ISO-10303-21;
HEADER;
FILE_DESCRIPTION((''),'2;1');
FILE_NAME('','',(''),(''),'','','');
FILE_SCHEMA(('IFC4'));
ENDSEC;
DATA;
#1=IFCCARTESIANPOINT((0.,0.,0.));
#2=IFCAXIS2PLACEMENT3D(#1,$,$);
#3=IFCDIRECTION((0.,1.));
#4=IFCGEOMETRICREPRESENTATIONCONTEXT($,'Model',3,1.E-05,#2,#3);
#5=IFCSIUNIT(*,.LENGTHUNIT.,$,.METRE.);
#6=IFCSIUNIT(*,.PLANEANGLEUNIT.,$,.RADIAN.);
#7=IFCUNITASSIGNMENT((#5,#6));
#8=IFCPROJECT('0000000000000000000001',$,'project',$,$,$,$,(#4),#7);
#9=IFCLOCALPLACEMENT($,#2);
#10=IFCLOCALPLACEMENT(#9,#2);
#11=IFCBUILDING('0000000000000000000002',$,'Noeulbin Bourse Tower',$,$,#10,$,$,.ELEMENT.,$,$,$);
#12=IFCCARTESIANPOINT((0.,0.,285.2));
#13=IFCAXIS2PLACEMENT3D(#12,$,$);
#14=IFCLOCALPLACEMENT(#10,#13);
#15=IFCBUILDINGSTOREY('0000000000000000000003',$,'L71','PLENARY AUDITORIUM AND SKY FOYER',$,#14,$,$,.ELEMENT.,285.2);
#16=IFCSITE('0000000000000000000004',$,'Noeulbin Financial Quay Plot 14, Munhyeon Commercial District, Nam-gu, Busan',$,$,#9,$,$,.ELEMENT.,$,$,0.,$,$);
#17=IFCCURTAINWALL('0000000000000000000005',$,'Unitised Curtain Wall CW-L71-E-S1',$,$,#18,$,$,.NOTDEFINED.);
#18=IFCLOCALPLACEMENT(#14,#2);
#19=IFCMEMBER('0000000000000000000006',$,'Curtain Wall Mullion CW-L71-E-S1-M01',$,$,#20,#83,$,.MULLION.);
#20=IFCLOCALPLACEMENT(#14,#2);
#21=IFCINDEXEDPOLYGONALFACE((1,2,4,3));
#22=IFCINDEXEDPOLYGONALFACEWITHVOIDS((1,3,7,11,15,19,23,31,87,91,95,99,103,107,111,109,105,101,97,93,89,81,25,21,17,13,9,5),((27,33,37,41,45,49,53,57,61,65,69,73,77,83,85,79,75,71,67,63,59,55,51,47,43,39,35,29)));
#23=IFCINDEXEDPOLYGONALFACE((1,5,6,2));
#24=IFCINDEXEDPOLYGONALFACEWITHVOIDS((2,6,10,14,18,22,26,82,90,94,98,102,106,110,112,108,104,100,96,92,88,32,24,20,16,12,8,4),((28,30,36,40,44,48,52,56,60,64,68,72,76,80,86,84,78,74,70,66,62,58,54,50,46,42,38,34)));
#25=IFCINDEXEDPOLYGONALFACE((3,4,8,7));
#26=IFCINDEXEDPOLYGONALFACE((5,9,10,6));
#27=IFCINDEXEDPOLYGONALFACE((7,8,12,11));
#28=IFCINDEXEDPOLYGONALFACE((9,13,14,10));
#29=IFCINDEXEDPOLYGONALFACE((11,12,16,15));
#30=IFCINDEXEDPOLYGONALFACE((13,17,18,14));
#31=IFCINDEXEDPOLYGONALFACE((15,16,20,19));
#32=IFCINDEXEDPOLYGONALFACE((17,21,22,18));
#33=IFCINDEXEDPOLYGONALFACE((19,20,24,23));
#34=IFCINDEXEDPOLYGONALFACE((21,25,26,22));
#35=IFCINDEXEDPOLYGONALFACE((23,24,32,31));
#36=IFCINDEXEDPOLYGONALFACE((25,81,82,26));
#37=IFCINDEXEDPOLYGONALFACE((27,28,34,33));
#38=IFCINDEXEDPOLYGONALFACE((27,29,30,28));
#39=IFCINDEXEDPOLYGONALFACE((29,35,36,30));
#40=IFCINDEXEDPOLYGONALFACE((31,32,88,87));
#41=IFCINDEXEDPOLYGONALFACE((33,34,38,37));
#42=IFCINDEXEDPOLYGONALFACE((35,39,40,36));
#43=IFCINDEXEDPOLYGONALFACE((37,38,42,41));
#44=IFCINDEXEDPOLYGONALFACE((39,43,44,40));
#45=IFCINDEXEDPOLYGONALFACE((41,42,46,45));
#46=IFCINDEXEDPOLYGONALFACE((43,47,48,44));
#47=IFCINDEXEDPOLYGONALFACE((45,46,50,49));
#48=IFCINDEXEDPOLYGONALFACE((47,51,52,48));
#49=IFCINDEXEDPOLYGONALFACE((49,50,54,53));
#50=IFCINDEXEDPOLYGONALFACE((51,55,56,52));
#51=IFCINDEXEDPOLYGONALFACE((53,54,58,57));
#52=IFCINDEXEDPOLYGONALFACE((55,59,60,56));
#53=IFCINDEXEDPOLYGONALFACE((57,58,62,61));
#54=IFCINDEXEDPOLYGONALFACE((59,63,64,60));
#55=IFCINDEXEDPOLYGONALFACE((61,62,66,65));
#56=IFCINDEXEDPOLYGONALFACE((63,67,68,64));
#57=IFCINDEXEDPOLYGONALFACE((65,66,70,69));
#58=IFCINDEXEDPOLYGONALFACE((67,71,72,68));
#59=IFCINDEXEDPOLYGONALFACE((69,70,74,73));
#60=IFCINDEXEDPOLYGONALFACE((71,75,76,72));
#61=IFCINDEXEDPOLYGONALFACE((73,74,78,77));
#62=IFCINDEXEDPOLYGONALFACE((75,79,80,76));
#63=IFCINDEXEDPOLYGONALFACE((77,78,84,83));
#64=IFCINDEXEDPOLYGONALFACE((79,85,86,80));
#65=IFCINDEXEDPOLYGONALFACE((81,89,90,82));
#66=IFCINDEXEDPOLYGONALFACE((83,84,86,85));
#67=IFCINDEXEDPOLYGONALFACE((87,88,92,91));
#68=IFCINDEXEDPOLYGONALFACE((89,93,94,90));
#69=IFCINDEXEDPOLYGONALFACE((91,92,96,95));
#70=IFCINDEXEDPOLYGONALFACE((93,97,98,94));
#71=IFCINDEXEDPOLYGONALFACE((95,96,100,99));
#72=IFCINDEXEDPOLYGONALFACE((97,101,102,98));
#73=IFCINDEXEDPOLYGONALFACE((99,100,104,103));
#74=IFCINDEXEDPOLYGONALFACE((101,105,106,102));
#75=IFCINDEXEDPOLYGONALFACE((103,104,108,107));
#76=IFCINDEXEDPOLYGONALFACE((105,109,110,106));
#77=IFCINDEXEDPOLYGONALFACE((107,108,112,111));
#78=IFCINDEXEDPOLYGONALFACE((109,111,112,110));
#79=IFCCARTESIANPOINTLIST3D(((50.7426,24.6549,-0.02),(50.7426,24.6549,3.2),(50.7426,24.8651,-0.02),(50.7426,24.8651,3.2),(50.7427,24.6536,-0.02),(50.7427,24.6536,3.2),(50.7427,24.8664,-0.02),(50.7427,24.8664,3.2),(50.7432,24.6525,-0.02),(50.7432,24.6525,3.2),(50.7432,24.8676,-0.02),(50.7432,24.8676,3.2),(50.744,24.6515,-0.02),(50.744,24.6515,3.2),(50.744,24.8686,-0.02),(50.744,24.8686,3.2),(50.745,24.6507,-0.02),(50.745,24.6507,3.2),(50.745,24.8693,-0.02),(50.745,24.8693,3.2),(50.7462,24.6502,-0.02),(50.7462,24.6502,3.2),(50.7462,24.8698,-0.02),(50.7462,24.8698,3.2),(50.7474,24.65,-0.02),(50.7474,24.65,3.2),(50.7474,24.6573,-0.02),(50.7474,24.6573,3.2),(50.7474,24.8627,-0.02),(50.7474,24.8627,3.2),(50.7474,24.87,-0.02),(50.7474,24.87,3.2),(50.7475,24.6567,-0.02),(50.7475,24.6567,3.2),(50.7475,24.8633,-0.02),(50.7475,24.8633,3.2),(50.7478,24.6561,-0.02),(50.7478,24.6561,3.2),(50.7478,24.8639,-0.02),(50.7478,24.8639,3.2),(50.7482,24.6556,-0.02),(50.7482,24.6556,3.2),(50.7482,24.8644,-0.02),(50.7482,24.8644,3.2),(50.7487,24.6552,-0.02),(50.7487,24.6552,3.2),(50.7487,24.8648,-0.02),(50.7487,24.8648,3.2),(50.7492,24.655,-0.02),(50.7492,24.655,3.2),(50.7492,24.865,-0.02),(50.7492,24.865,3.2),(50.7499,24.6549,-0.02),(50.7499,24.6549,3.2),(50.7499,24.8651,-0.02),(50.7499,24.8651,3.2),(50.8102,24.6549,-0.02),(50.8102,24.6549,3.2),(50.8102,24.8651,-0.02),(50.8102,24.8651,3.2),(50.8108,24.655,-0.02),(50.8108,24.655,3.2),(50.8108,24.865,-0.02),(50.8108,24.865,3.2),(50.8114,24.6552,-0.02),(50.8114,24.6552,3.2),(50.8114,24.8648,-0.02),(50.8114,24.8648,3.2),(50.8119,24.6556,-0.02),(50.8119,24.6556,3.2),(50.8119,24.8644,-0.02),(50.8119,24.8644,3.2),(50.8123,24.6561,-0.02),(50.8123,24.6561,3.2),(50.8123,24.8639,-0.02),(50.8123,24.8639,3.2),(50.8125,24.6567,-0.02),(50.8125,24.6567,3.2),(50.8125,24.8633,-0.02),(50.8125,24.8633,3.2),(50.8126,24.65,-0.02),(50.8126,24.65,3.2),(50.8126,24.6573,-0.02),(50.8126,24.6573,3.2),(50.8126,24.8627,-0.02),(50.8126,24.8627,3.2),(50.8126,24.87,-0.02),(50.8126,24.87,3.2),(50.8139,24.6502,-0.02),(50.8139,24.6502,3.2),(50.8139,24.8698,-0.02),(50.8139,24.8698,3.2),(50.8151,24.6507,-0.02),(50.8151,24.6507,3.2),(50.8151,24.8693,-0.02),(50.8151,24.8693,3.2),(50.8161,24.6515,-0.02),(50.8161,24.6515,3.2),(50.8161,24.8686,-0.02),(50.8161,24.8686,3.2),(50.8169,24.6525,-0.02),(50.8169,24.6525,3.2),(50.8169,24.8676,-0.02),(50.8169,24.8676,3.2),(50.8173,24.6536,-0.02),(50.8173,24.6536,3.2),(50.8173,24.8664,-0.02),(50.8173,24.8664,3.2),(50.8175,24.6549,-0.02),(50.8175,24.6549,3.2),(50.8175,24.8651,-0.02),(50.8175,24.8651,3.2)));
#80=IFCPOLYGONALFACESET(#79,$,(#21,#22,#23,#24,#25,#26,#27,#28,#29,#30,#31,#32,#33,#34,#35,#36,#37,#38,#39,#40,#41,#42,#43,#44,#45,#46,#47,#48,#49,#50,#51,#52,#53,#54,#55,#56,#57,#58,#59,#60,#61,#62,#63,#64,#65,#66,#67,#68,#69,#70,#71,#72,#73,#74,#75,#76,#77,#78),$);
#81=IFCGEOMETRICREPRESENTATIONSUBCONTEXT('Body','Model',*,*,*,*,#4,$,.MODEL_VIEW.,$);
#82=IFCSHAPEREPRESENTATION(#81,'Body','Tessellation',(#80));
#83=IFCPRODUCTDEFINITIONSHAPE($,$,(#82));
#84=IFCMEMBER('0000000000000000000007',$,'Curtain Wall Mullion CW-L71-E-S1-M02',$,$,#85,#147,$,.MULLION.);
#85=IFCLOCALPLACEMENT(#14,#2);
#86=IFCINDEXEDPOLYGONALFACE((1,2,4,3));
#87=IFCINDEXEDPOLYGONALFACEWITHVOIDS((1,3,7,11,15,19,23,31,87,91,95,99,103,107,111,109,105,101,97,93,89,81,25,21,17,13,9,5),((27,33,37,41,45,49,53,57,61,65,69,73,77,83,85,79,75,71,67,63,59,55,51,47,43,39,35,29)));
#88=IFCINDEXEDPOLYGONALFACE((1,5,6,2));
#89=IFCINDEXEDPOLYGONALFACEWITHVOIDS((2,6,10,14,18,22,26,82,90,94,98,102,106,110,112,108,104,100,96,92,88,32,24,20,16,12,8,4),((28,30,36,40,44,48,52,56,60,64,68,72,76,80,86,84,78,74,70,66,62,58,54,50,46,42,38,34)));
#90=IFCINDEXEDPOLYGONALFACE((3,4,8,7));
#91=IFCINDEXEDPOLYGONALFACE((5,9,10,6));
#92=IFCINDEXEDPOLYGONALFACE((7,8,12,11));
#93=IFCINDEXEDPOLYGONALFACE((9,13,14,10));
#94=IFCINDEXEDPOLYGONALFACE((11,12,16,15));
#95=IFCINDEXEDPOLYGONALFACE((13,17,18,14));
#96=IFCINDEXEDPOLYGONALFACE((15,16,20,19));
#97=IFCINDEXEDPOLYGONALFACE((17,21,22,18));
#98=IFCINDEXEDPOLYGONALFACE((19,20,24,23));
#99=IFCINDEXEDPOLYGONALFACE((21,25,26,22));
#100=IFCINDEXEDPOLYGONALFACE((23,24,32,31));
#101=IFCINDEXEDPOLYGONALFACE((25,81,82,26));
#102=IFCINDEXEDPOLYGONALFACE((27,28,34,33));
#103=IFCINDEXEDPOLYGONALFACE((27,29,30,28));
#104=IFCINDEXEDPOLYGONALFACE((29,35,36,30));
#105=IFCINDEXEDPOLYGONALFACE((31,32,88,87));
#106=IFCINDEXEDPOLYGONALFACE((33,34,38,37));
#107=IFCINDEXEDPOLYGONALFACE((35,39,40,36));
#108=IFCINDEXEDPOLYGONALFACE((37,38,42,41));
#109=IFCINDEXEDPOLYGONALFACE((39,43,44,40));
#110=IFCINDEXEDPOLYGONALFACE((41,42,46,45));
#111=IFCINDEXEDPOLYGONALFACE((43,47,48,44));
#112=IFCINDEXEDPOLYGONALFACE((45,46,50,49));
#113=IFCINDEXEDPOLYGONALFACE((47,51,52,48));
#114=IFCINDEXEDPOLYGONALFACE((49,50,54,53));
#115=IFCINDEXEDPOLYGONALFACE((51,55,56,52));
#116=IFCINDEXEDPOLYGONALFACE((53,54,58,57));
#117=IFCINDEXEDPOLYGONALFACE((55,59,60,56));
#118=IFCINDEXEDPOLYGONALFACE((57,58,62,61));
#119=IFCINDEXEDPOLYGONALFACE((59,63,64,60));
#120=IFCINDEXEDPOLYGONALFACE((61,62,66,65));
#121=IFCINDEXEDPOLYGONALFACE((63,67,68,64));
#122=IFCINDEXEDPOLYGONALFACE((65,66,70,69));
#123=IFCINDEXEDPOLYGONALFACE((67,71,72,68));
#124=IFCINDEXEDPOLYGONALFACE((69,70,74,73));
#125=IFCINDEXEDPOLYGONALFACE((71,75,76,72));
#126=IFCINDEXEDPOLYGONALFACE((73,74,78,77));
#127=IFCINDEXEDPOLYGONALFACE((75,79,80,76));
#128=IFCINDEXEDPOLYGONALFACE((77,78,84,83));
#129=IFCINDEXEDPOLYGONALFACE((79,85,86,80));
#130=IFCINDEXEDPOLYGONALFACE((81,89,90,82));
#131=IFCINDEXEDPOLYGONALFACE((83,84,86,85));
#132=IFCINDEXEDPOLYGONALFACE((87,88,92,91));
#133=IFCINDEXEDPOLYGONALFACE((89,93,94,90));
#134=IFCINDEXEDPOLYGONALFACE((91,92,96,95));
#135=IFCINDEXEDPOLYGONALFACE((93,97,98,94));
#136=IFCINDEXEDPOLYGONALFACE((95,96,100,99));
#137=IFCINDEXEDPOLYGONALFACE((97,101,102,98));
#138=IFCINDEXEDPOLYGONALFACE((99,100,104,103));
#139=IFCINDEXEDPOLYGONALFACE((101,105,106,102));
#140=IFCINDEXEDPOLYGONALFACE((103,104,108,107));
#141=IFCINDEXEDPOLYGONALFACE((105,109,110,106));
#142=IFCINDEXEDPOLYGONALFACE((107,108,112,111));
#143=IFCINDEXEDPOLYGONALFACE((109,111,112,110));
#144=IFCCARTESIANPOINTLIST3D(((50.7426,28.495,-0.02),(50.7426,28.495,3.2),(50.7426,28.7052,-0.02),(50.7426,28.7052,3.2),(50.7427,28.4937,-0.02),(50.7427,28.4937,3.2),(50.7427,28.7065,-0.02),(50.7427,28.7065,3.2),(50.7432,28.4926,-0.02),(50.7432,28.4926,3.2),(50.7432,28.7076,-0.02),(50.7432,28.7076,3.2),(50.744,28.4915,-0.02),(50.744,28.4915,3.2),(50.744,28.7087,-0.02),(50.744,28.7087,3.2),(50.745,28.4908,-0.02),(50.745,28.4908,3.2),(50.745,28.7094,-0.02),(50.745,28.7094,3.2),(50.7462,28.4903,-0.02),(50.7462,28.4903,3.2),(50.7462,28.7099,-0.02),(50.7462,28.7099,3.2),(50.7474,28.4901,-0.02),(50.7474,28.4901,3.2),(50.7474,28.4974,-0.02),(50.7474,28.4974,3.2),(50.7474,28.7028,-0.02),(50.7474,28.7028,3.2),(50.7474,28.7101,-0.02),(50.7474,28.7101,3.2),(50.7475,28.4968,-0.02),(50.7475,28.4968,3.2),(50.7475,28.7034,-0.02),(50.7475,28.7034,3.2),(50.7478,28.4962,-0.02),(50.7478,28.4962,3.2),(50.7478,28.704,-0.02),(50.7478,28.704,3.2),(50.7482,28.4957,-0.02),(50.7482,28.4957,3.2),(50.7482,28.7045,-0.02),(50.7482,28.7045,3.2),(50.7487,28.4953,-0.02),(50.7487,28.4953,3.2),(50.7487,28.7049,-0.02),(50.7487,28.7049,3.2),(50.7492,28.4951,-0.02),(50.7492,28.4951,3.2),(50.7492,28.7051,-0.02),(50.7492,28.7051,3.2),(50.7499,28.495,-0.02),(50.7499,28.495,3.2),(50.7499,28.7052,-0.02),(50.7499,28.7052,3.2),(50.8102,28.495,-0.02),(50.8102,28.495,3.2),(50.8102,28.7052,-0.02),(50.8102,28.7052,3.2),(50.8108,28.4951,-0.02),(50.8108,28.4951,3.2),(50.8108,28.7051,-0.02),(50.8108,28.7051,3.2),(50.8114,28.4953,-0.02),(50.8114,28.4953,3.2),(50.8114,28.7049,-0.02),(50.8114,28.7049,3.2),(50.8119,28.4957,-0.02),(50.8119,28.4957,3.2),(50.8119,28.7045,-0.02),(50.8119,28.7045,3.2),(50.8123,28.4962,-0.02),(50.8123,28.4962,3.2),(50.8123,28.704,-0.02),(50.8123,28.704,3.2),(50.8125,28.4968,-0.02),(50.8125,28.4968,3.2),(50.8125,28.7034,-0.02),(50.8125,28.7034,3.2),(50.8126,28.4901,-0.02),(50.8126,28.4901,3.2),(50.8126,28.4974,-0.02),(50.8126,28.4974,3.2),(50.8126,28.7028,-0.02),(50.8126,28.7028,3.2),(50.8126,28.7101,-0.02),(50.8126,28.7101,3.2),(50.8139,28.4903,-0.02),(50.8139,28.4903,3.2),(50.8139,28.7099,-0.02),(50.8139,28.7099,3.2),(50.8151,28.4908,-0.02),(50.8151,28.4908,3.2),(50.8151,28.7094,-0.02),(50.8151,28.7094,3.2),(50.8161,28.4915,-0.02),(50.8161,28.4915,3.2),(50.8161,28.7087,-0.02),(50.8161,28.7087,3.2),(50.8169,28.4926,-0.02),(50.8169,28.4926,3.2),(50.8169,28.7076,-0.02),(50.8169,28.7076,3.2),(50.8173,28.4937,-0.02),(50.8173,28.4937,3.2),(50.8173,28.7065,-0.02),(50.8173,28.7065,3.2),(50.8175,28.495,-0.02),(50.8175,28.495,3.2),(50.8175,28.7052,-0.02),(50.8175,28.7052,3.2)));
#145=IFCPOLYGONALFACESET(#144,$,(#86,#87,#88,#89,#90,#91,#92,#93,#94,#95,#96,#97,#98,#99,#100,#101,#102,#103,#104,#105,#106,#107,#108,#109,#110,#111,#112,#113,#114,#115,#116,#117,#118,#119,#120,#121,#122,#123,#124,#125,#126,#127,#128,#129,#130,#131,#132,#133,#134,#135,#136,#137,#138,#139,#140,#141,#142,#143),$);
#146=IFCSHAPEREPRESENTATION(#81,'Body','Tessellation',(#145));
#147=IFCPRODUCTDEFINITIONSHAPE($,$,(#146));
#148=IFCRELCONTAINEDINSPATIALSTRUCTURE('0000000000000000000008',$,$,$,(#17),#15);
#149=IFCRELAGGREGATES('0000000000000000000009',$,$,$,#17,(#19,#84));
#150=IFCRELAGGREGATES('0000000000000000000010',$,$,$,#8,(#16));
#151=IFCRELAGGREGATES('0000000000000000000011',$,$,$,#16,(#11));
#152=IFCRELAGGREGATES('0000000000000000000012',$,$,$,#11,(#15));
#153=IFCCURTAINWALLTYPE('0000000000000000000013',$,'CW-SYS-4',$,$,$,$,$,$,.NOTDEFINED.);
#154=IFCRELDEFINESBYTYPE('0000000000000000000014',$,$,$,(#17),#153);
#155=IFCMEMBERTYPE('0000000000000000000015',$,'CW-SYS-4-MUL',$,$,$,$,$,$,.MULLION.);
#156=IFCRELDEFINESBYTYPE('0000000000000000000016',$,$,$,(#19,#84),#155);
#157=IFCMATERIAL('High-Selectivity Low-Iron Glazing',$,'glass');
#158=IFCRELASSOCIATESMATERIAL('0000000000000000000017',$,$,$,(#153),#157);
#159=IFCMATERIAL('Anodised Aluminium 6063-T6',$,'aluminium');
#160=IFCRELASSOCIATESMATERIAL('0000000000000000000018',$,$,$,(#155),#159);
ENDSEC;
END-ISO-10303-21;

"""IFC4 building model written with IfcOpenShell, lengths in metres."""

from ifc_helpers import new_model, si_unit, direction, frame, origin, origin_2d, place, context, subcontext, project, spatial, hollow_rectangle, extrude, material, material_profile, profile_set, type_object, element, aggregate, save


model = new_model("IFC4")

# Units and contexts
model_context = context("Model", 3, precision=1e-05, world=origin(), true_north=direction((0.0, 1.0)))
body_context = subcontext(model_context, "Body", "Model", "MODEL_VIEW")
ifc_project = project(units=[si_unit("LENGTHUNIT", "METRE"), si_unit("PLANEANGLEUNIT", "RADIAN")], contexts=[model_context])

# Site, building, storey
site_placement = place(None, origin())
site = spatial("IfcSite", under=ifc_project, at=site_placement, Name="Noeulbin Financial Quay Plot 14, Munhyeon Commercial District, Nam-gu, Busan", CompositionType="ELEMENT", RefElevation=0.0)
building_placement = place(site_placement, origin())
building = spatial("IfcBuilding", under=site, at=building_placement, Name="Noeulbin Bourse Tower", CompositionType="ELEMENT")
storey_placement = place(building_placement, frame((0.0, 0.0, 285.2)))
storey = spatial("IfcBuildingStorey", under=building, at=storey_placement, Name="L71", Description="PLENARY AUDITORIUM AND SKY FOYER", CompositionType="ELEMENT", Elevation=285.2)

# Curtain wall, members
ifc_material_1 = material(Name="High-Selectivity Low-Iron Glazing", Category="glass")
curtain_wall_type = type_object("IfcCurtainWallType", Name="CW-SYS-4", PredefinedType="NOTDEFINED", material=ifc_material_1)
ifc_material_2 = material(Name="Anodised Aluminium 6063-T6", Category="aluminium")
ifc_material_profile_1 = material_profile(ifc_material_2, hollow_rectangle(XDim=0.075, YDim=0.22, WallThickness=0.0049, InnerFilletRadius=0.0024, OuterFilletRadius=0.0049, at=origin_2d()), Name="ALU-MULL-75x220x5", Category="LoadBearing")
ifc_profile_set_1 = profile_set([ifc_material_profile_1], Name="Anodised Aluminium 6063-T6")
member_type_1 = type_object("IfcMemberType", Name="CW-SYS-4-MUL", PredefinedType="MULLION", material=ifc_profile_set_1)
curtain_wall_1_placement = place(storey_placement, origin())
curtain_wall_1 = element("IfcCurtainWall", 1, at=curtain_wall_1_placement, inside=storey, type_object=curtain_wall_type, Name="Unitised Curtain Wall CW-L71-E-S1", PredefinedType="NOTDEFINED")
member_1_placement = place(storey_placement, frame((50.78, 24.76, -0.02), z_axis=(0.0, 0.0, 1.0), x_axis=(1.0, 0.0, 0.0)))
member_1 = element("IfcMember", 2, at=member_1_placement, type_object=member_type_1, Name="Curtain Wall Mullion CW-L71-E-S1-M01", PredefinedType="MULLION", context=body_context, shape_type="SweptSolid", body=[
    extrude(hollow_rectangle(XDim=0.075, YDim=0.22, WallThickness=0.0049, InnerFilletRadius=0.0024, OuterFilletRadius=0.0049, at=origin_2d()), origin(), (0.0, 0.0, 1.0), 3.22),
])
member_2_placement = place(storey_placement, frame((50.78, 28.6001, -0.02), z_axis=(0.0, 0.0, 1.0), x_axis=(1.0, 0.0, 0.0)))
member_2 = element("IfcMember", 3, at=member_2_placement, type_object=member_type_1, Name="Curtain Wall Mullion CW-L71-E-S1-M02", PredefinedType="MULLION", context=body_context, shape_type="SweptSolid", body=[
    extrude(hollow_rectangle(XDim=0.075, YDim=0.22, WallThickness=0.0049, InnerFilletRadius=0.0024, OuterFilletRadius=0.0049, at=origin_2d()), origin(), (0.0, 0.0, 1.0), 3.22),
])

aggregate(curtain_wall_1, [member_1, member_2])

save(model, "model.ifc")
